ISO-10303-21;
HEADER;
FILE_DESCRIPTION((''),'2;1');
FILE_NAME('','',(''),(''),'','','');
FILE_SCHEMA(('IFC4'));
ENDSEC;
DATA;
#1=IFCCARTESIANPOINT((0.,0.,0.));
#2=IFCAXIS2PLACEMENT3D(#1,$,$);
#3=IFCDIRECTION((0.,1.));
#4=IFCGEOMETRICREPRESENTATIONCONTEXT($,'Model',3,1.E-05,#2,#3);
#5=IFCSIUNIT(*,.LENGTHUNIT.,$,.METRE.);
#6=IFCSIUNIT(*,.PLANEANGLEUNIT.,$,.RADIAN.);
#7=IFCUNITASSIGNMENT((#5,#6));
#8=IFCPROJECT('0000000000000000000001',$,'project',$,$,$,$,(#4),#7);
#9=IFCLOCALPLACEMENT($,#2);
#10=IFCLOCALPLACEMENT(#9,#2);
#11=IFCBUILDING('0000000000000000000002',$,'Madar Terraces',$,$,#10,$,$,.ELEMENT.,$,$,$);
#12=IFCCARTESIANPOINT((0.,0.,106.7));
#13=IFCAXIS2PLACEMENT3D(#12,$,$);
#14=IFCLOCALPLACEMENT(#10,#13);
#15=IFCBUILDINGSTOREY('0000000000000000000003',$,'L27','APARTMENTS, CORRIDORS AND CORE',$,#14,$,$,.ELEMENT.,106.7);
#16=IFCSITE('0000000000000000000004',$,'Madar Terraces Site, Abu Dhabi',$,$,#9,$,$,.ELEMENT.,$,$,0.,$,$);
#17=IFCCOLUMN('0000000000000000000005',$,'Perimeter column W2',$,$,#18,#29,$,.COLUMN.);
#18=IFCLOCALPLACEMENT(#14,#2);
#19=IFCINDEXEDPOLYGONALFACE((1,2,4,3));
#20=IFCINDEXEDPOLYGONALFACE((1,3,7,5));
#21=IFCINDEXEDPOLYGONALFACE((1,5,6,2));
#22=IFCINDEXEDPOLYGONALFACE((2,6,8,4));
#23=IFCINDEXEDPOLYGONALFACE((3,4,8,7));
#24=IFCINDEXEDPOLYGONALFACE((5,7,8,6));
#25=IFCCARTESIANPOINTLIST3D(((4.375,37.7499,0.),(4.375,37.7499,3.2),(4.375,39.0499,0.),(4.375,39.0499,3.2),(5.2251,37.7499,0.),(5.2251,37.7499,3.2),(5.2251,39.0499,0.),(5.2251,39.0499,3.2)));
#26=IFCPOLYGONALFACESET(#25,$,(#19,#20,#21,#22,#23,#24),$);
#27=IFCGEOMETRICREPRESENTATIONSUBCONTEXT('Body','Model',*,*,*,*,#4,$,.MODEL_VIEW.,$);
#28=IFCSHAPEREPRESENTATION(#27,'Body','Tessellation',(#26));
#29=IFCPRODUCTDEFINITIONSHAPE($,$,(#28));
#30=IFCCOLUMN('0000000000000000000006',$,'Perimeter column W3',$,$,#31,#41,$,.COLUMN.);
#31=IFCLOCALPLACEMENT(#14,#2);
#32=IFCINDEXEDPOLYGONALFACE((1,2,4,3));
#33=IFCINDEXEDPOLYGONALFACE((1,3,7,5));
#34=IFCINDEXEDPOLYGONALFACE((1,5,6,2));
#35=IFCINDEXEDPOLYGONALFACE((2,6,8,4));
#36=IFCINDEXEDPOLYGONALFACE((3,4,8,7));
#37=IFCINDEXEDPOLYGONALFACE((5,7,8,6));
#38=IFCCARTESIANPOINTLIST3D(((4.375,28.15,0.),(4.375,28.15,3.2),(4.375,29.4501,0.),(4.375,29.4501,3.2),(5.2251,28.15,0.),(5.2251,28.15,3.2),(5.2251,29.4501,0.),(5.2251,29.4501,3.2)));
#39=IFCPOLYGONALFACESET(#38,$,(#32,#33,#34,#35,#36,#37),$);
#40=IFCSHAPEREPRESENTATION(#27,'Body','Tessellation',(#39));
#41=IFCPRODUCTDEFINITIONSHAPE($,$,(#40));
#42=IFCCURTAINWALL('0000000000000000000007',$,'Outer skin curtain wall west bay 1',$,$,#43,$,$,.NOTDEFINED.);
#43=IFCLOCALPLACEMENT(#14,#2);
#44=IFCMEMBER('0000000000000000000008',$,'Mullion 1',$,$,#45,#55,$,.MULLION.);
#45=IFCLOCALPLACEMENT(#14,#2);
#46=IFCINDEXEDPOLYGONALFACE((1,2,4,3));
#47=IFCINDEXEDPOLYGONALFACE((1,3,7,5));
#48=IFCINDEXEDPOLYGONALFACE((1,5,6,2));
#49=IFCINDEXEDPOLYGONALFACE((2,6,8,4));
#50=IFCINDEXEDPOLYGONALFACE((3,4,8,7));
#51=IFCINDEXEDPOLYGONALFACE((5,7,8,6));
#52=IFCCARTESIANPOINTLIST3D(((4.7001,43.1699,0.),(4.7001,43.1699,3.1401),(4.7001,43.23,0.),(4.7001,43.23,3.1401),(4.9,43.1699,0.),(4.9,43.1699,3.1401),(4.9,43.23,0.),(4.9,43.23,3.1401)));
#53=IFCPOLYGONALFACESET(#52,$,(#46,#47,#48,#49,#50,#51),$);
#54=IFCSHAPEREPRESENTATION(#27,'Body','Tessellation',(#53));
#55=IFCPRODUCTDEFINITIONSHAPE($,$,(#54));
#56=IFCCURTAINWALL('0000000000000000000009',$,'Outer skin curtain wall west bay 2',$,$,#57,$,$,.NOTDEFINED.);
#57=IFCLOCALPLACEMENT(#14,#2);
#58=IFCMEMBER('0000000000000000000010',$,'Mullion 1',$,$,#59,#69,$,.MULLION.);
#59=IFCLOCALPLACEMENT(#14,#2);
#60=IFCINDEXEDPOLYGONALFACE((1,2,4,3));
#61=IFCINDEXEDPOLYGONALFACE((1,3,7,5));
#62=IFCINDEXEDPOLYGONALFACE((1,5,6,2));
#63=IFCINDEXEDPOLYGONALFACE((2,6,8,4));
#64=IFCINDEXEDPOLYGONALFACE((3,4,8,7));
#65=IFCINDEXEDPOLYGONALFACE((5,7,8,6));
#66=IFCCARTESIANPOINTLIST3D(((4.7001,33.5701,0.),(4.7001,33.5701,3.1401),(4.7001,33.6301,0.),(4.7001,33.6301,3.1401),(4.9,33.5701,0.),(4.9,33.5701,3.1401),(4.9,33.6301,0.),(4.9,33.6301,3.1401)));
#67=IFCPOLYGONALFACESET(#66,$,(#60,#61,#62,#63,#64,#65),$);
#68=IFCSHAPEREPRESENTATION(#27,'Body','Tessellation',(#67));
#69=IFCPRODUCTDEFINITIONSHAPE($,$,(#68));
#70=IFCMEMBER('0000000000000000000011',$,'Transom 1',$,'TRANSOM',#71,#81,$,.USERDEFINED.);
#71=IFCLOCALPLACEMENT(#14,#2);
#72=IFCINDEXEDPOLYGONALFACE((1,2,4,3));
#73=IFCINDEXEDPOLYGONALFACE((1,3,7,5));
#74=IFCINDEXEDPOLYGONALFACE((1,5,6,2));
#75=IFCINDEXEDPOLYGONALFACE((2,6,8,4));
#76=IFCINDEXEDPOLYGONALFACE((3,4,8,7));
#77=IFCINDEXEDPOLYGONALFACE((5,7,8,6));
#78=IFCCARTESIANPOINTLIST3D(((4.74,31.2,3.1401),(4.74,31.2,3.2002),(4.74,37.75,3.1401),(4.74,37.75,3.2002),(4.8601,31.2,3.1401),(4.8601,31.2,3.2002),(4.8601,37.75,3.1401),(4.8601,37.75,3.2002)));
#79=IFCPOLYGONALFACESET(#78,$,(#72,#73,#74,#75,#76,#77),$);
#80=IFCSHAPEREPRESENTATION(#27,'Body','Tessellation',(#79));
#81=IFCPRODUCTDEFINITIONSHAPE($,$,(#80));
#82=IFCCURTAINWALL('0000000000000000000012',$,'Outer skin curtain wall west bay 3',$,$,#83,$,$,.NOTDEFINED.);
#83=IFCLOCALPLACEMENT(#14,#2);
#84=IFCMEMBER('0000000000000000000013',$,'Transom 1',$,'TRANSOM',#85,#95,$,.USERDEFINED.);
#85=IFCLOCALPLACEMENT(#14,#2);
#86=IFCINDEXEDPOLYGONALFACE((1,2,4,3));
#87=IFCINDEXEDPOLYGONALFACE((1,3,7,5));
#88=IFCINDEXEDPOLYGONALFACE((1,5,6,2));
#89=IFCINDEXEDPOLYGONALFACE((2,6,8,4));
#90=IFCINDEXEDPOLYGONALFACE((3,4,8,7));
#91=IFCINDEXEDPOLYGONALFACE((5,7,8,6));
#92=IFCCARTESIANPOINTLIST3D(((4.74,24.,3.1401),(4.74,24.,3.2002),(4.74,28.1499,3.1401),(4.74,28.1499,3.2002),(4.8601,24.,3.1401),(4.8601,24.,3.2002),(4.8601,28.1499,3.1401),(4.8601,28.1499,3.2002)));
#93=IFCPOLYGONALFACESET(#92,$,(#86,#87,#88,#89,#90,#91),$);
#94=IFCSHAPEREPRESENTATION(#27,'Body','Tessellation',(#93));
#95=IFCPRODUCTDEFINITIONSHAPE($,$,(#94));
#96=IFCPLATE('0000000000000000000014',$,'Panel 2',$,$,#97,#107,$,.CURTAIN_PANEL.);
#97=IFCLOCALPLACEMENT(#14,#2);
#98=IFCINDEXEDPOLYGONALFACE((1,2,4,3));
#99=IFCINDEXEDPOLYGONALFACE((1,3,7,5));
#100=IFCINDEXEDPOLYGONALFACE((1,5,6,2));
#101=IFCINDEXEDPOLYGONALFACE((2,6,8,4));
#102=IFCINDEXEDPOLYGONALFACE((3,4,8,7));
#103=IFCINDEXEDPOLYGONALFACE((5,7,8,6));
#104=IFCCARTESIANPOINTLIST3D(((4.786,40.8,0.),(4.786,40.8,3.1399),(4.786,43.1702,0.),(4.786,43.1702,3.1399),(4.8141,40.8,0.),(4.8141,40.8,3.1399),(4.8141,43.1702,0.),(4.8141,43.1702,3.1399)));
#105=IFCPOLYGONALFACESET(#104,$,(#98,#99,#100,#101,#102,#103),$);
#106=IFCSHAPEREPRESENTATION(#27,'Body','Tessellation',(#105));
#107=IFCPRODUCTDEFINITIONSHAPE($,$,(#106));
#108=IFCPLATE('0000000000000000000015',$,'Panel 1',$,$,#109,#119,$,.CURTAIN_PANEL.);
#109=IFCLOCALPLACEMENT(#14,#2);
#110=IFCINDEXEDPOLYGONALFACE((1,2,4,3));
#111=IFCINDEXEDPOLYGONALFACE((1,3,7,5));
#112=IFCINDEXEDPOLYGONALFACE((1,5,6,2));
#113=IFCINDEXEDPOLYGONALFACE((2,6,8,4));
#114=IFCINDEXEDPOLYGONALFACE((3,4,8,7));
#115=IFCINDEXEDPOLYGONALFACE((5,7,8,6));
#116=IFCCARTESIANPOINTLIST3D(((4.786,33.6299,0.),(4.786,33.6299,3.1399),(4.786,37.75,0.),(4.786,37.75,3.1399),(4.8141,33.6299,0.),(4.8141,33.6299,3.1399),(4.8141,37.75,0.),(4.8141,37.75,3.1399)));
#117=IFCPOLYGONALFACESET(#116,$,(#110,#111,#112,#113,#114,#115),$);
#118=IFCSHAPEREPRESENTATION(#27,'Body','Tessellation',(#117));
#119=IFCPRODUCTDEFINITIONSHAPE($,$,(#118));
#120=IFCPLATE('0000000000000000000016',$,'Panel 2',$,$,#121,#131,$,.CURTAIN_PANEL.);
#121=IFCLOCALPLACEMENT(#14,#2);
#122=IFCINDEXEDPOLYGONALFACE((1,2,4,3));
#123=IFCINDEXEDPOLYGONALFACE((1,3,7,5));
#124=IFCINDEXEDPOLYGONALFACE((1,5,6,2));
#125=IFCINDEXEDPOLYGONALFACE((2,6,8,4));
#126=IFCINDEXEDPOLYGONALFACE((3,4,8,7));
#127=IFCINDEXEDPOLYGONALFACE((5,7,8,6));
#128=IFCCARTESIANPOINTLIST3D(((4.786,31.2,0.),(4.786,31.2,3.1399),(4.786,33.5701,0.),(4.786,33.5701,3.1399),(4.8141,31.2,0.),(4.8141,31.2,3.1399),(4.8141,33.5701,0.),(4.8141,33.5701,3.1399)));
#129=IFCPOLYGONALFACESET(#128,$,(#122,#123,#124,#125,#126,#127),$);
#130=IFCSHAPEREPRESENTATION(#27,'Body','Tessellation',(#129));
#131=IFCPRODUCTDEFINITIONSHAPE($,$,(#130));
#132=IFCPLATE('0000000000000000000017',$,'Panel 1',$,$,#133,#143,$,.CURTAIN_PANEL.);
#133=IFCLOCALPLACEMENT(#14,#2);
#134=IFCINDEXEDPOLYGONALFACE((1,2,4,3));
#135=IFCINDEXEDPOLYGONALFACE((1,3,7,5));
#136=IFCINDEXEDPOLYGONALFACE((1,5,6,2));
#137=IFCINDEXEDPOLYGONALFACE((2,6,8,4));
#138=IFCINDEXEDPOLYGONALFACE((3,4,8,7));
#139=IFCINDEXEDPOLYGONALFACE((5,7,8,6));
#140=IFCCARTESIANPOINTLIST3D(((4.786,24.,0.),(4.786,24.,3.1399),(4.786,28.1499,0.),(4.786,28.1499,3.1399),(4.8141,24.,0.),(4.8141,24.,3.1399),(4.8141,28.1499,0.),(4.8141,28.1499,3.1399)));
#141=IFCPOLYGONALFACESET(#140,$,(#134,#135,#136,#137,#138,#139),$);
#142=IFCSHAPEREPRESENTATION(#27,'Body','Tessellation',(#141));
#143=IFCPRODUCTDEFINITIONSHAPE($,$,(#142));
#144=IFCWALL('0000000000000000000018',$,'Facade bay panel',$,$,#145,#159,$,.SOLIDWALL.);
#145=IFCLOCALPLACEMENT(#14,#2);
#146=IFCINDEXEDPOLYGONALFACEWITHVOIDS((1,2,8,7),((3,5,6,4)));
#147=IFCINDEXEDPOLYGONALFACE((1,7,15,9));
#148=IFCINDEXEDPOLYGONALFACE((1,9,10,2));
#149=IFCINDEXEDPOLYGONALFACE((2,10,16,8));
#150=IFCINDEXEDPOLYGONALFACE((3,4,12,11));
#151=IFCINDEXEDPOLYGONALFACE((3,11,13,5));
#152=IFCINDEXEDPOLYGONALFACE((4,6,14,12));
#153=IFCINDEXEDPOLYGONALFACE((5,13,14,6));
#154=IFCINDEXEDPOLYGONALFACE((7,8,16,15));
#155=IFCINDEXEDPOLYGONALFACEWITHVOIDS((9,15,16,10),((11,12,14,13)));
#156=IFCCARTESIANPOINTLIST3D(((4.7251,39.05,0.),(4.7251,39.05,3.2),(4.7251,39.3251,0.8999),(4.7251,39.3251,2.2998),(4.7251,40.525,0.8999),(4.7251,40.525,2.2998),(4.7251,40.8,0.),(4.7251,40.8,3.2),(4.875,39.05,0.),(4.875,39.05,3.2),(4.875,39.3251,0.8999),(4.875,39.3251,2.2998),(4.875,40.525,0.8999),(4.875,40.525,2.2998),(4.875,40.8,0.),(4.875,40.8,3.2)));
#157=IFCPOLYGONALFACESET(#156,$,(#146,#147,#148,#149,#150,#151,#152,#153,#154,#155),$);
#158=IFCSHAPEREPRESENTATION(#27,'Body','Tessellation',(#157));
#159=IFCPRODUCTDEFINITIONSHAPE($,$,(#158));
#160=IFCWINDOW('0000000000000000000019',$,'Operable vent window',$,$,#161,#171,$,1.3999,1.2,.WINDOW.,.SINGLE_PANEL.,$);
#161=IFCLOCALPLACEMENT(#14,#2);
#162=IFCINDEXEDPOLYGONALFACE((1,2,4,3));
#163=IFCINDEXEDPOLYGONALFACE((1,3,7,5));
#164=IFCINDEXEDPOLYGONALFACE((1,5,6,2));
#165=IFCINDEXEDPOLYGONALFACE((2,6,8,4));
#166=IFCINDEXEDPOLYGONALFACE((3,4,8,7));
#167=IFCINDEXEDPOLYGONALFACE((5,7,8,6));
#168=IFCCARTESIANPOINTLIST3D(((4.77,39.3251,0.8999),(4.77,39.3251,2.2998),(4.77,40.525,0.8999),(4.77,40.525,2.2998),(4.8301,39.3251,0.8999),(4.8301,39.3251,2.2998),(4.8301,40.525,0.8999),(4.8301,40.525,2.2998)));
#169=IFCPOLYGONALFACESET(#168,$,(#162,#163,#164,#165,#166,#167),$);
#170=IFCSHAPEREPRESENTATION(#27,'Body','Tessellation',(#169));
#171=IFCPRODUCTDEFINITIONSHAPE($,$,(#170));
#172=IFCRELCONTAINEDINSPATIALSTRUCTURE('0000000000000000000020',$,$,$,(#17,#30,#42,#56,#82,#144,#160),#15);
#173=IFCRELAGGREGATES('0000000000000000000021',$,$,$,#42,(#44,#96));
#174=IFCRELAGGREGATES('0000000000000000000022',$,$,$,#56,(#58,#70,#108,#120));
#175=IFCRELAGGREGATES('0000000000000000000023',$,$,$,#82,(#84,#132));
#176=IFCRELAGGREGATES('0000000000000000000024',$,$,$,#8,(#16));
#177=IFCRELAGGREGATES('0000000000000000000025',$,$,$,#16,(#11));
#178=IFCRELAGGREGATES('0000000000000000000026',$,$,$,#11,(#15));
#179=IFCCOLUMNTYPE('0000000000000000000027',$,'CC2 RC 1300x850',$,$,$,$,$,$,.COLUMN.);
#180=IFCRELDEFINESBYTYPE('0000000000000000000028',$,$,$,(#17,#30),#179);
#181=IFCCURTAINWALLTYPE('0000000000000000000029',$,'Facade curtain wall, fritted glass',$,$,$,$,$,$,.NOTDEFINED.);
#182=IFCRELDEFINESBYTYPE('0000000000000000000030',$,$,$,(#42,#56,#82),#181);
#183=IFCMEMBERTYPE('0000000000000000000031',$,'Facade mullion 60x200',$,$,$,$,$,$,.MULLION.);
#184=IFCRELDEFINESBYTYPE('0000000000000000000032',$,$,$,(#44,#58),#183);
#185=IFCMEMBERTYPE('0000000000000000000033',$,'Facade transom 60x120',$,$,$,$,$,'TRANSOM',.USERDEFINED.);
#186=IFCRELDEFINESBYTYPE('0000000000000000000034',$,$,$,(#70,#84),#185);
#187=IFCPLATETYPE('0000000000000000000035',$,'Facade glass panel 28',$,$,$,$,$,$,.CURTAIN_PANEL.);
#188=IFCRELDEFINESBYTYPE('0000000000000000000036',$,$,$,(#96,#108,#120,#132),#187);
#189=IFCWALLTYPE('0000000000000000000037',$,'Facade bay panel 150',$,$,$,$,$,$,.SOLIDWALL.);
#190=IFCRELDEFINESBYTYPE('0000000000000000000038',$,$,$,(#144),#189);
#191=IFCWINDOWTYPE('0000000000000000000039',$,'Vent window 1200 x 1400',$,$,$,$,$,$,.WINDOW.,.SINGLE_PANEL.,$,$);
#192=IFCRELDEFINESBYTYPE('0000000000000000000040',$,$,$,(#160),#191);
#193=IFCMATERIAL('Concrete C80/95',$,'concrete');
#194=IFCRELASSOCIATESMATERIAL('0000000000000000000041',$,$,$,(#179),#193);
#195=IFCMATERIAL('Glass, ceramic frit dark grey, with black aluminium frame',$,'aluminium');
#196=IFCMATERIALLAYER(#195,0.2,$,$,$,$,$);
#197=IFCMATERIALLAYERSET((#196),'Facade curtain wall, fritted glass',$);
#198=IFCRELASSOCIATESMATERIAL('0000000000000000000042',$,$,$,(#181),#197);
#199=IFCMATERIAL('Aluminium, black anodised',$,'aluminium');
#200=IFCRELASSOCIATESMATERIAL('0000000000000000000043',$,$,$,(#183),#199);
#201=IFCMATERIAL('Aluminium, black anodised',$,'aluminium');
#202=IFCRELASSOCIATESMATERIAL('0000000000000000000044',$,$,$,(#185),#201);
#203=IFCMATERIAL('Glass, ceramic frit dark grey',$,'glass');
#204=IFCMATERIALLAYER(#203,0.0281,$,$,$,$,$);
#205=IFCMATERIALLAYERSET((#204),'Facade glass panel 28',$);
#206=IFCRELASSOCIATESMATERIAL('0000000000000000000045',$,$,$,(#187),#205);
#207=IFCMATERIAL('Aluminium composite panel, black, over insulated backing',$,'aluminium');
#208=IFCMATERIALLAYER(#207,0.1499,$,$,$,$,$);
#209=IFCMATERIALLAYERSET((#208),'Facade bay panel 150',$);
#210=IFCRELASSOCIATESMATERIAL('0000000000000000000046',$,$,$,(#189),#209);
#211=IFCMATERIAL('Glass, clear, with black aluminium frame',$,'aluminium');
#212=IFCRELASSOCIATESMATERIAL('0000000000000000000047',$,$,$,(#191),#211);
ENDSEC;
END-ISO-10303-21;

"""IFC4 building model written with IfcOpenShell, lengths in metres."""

from ifc_helpers import new_model, si_unit, direction, frame, frame_2d, origin, origin_2d, place, context, subcontext, project, spatial, rectangle, extrude, material, layer, layer_set, material_profile, profile_set, type_object, element, fill, aggregate, save


model = new_model("IFC4")

# Units and contexts
model_context = context("Model", 3, precision=1e-05, world=origin(), true_north=direction((0.0, 1.0)))
body_context = subcontext(model_context, "Body", "Model", "MODEL_VIEW")
ifc_project = project(units=[si_unit("LENGTHUNIT", "METRE"), si_unit("PLANEANGLEUNIT", "RADIAN")], contexts=[model_context])

# Site, building, storey
site_placement = place(None, origin())
site = spatial("IfcSite", under=ifc_project, at=site_placement, Name="Madar Terraces Site, Abu Dhabi", CompositionType="ELEMENT", RefElevation=0.0)
building_placement = place(site_placement, origin())
building = spatial("IfcBuilding", under=site, at=building_placement, Name="Madar Terraces", CompositionType="ELEMENT")
storey_placement = place(building_placement, frame((0.0, 0.0, 106.7)))
storey = spatial("IfcBuildingStorey", under=building, at=storey_placement, Name="L27", Description="APARTMENTS, CORRIDORS AND CORE", CompositionType="ELEMENT", Elevation=106.7)

# Columns
ifc_material_1 = material(Name="Concrete C80/95", Category="concrete")
ifc_material_profile_1 = material_profile(ifc_material_1, rectangle(XDim=1.3, YDim=0.8501, at=origin_2d()), Name="CC2 RC 1300x850")
ifc_profile_set_1 = profile_set([ifc_material_profile_1], Name="Concrete C80/95")
column_type = type_object("IfcColumnType", Name="CC2 RC 1300x850", PredefinedType="COLUMN", material=ifc_profile_set_1)
for number, where, z_axis, x_axis, name in (
    (1, (4.8, 38.3999, 0.0), (0.0, 0.0, 1.0), (0.0, 1.0, 0.0), "Perimeter column W2"),
    (2, (4.8, 28.8, 0.0), (0.0, 0.0, 1.0), (0.0, 1.0, 0.0), "Perimeter column W3"),
):
    element("IfcColumn", number, at=place(storey_placement, frame(where, z_axis=z_axis, x_axis=x_axis)), inside=storey, type_object=column_type, Name=name, PredefinedType="COLUMN", context=body_context, shape_type="SweptSolid", body=[
        extrude(rectangle(XDim=1.3, YDim=0.8501, at=origin_2d()), origin(), (0.0, 0.0, 1.0), 3.2),
    ])

# Curtain wall, member
ifc_material_2 = material(Name="Glass, ceramic frit dark grey, with black aluminium frame", Category="aluminium")
ifc_layer_1 = layer(ifc_material_2, 0.2)
ifc_layer_set_1 = layer_set([ifc_layer_1], Name="Facade curtain wall, fritted glass")
curtain_wall_type = type_object("IfcCurtainWallType", Name="Facade curtain wall, fritted glass", PredefinedType="NOTDEFINED", material=ifc_layer_set_1)
curtain_wall_1_placement = place(storey_placement, origin())
curtain_wall_1 = element("IfcCurtainWall", 3, at=curtain_wall_1_placement, inside=storey, type_object=curtain_wall_type, Name="Outer skin curtain wall west bay 1", PredefinedType="NOTDEFINED")
ifc_material_3 = material(Name="Aluminium, black anodised", Category="aluminium")
ifc_material_profile_2 = material_profile(ifc_material_3, rectangle(XDim=0.2, YDim=0.0601, at=origin_2d()), Name="Facade mullion 60x200")
ifc_profile_set_2 = profile_set([ifc_material_profile_2], Name="Aluminium, black anodised")
member_type_1 = type_object("IfcMemberType", Name="Facade mullion 60x200", PredefinedType="MULLION", material=ifc_profile_set_2)
member_1_placement = place(storey_placement, frame((4.8, 43.2, 0.0), z_axis=(0.0, 0.0, 1.0), x_axis=(1.0, 0.0, 0.0)))
member_1 = element("IfcMember", 4, at=member_1_placement, type_object=member_type_1, Name="Mullion 1", PredefinedType="MULLION", context=body_context, shape_type="SweptSolid", body=[
    extrude(rectangle(XDim=0.2, YDim=0.0601, at=origin_2d()), origin(), (0.0, 0.0, 1.0), 3.1401),
])

# Curtain wall, members
curtain_wall_2_placement = place(storey_placement, origin())
curtain_wall_2 = element("IfcCurtainWall", 5, at=curtain_wall_2_placement, inside=storey, type_object=curtain_wall_type, Name="Outer skin curtain wall west bay 2", PredefinedType="NOTDEFINED")
member_2_placement = place(storey_placement, frame((4.8, 33.6001, 0.0), z_axis=(0.0, 0.0, 1.0), x_axis=(1.0, 0.0, 0.0)))
member_2 = element("IfcMember", 6, at=member_2_placement, type_object=member_type_1, Name="Mullion 1", PredefinedType="MULLION", context=body_context, shape_type="SweptSolid", body=[
    extrude(rectangle(XDim=0.2, YDim=0.0601, at=origin_2d()), origin(), (0.0, 0.0, 1.0), 3.1401),
])
ifc_material_4 = material(Name="Aluminium, black anodised", Category="aluminium")
ifc_material_profile_3 = material_profile(ifc_material_4, rectangle(XDim=0.1201, YDim=0.0601, at=origin_2d()), Name="Facade transom 60x120")
ifc_profile_set_3 = profile_set([ifc_material_profile_3], Name="Aluminium, black anodised")
member_type_2 = type_object("IfcMemberType", Name="Facade transom 60x120", ElementType="TRANSOM", PredefinedType="USERDEFINED", material=ifc_profile_set_3)
member_3_placement = place(storey_placement, frame((4.8, 37.75, 3.1702), z_axis=(0.0, -1.0, 0.0), x_axis=(1.0, 0.0, 0.0)))
member_3 = element("IfcMember", 7, at=member_3_placement, type_object=member_type_2, Name="Transom 1", ObjectType="TRANSOM", PredefinedType="USERDEFINED", context=body_context, shape_type="SweptSolid", body=[
    extrude(rectangle(XDim=0.1201, YDim=0.0601, at=origin_2d()), origin(), (0.0, 0.0, 1.0), 6.55),
])

# Curtain wall, member
curtain_wall_3_placement = place(storey_placement, origin())
curtain_wall_3 = element("IfcCurtainWall", 8, at=curtain_wall_3_placement, inside=storey, type_object=curtain_wall_type, Name="Outer skin curtain wall west bay 3", PredefinedType="NOTDEFINED")
member_4_placement = place(storey_placement, frame((4.8, 28.1499, 3.1702), z_axis=(0.0, -1.0, 0.0), x_axis=(1.0, 0.0, 0.0)))
member_4 = element("IfcMember", 9, at=member_4_placement, type_object=member_type_2, Name="Transom 1", ObjectType="TRANSOM", PredefinedType="USERDEFINED", context=body_context, shape_type="SweptSolid", body=[
    extrude(rectangle(XDim=0.1201, YDim=0.0601, at=origin_2d()), origin(), (0.0, 0.0, 1.0), 4.1499),
])

# Plates
ifc_material_5 = material(Name="Glass, ceramic frit dark grey", Category="glass")
ifc_layer_2 = layer(ifc_material_5, 0.0281)
ifc_layer_set_2 = layer_set([ifc_layer_2], Name="Facade glass panel 28")
plate_type = type_object("IfcPlateType", Name="Facade glass panel 28", PredefinedType="CURTAIN_PANEL", material=ifc_layer_set_2)
plate_1_placement = place(storey_placement, frame((4.8, 41.9851, 0.0), z_axis=(0.0, 0.0, 1.0), x_axis=(0.0, -1.0, 0.0)))
plate_1 = element("IfcPlate", 10, at=plate_1_placement, type_object=plate_type, Name="Panel 2", PredefinedType="CURTAIN_PANEL", context=body_context, shape_type="SweptSolid", body=[
    extrude(rectangle(XDim=2.3701, YDim=0.0281, at=origin_2d()), origin(), (0.0, 0.0, 1.0), 3.1399),
])
aggregate(curtain_wall_1, [member_1, plate_1])
plate_2_placement = place(storey_placement, frame((4.8, 35.6899, 0.0), z_axis=(0.0, 0.0, 1.0), x_axis=(0.0, -1.0, 0.0)))
plate_2 = element("IfcPlate", 11, at=plate_2_placement, type_object=plate_type, Name="Panel 1", PredefinedType="CURTAIN_PANEL", context=body_context, shape_type="SweptSolid", body=[
    extrude(rectangle(XDim=4.1201, YDim=0.0281, at=origin_2d()), origin(), (0.0, 0.0, 1.0), 3.1399),
])
plate_3_placement = place(storey_placement, frame((4.8, 32.385, 0.0), z_axis=(0.0, 0.0, 1.0), x_axis=(0.0, -1.0, 0.0)))
plate_3 = element("IfcPlate", 12, at=plate_3_placement, type_object=plate_type, Name="Panel 2", PredefinedType="CURTAIN_PANEL", context=body_context, shape_type="SweptSolid", body=[
    extrude(rectangle(XDim=2.3701, YDim=0.0281, at=origin_2d()), origin(), (0.0, 0.0, 1.0), 3.1399),
])
aggregate(curtain_wall_2, [member_2, member_3, plate_2, plate_3])
plate_4_placement = place(storey_placement, frame((4.8, 26.075, 0.0), z_axis=(0.0, 0.0, 1.0), x_axis=(0.0, -1.0, 0.0)))
plate_4 = element("IfcPlate", 13, at=plate_4_placement, type_object=plate_type, Name="Panel 1", PredefinedType="CURTAIN_PANEL", context=body_context, shape_type="SweptSolid", body=[
    extrude(rectangle(XDim=4.1499, YDim=0.0281, at=origin_2d()), origin(), (0.0, 0.0, 1.0), 3.1399),
])
aggregate(curtain_wall_3, [member_4, plate_4])

# Wall, opening, window
ifc_material_6 = material(Name="Aluminium composite panel, black, over insulated backing", Category="aluminium")
ifc_layer_3 = layer(ifc_material_6, 0.1499)
ifc_layer_set_3 = layer_set([ifc_layer_3], Name="Facade bay panel 150")
wall_type_1 = type_object("IfcWallType", Name="Facade bay panel 150", PredefinedType="SOLIDWALL", material=ifc_layer_set_3)
wall_1_placement = place(storey_placement, frame((4.8, 40.8, 0.0), z_axis=(0.0, 0.0, 1.0), x_axis=(0.0, -1.0, 0.0)))
wall_1 = element("IfcWall", 14, at=wall_1_placement, inside=storey, type_object=wall_type_1, Name="Facade bay panel", PredefinedType="SOLIDWALL", context=body_context, shape_type="SweptSolid", body=[
    extrude(rectangle(XDim=1.75, YDim=0.1499, at=frame_2d((0.875, 0.0))), origin(), (0.0, 0.0, 1.0), 3.2),
])
opening_1_placement = place(wall_1_placement, frame((0.2749, 0.0, 0.8999)))
opening_1 = element("IfcOpeningElement", 15, at=opening_1_placement, cuts=wall_1, PredefinedType="OPENING", context=body_context, shape_type="SweptSolid", body=[
    extrude(rectangle(XDim=1.2, YDim=1.3999, at=frame_2d((0.6001, 0.7))), frame((0.0, 0.085, 0.0), z_axis=(0.0, -1.0, 0.0), x_axis=(1.0, 0.0, 0.0)), (0.0, 0.0, 1.0), 0.1699),
])
ifc_material_7 = material(Name="Glass, clear, with black aluminium frame", Category="aluminium")
window_type = type_object("IfcWindowType", Name="Vent window 1200 x 1400", PartitioningType="SINGLE_PANEL", PredefinedType="WINDOW", material=ifc_material_7)
window_1_placement = place(opening_1_placement, origin())
window_1 = element("IfcWindow", 16, at=window_1_placement, inside=storey, type_object=window_type, Name="Operable vent window", OverallHeight=1.3999, OverallWidth=1.2, PartitioningType="SINGLE_PANEL", PredefinedType="WINDOW", context=body_context, shape_type="SweptSolid", body=[
    extrude(rectangle(XDim=1.2, YDim=1.3999, at=frame_2d((0.6001, 0.7))), frame((0.0, 0.03, 0.0), z_axis=(0.0, -1.0, 0.0), x_axis=(1.0, 0.0, 0.0)), (0.0, 0.0, 1.0), 0.0601),
])
fill(opening_1, window_1)

save(model, "model.ifc")
